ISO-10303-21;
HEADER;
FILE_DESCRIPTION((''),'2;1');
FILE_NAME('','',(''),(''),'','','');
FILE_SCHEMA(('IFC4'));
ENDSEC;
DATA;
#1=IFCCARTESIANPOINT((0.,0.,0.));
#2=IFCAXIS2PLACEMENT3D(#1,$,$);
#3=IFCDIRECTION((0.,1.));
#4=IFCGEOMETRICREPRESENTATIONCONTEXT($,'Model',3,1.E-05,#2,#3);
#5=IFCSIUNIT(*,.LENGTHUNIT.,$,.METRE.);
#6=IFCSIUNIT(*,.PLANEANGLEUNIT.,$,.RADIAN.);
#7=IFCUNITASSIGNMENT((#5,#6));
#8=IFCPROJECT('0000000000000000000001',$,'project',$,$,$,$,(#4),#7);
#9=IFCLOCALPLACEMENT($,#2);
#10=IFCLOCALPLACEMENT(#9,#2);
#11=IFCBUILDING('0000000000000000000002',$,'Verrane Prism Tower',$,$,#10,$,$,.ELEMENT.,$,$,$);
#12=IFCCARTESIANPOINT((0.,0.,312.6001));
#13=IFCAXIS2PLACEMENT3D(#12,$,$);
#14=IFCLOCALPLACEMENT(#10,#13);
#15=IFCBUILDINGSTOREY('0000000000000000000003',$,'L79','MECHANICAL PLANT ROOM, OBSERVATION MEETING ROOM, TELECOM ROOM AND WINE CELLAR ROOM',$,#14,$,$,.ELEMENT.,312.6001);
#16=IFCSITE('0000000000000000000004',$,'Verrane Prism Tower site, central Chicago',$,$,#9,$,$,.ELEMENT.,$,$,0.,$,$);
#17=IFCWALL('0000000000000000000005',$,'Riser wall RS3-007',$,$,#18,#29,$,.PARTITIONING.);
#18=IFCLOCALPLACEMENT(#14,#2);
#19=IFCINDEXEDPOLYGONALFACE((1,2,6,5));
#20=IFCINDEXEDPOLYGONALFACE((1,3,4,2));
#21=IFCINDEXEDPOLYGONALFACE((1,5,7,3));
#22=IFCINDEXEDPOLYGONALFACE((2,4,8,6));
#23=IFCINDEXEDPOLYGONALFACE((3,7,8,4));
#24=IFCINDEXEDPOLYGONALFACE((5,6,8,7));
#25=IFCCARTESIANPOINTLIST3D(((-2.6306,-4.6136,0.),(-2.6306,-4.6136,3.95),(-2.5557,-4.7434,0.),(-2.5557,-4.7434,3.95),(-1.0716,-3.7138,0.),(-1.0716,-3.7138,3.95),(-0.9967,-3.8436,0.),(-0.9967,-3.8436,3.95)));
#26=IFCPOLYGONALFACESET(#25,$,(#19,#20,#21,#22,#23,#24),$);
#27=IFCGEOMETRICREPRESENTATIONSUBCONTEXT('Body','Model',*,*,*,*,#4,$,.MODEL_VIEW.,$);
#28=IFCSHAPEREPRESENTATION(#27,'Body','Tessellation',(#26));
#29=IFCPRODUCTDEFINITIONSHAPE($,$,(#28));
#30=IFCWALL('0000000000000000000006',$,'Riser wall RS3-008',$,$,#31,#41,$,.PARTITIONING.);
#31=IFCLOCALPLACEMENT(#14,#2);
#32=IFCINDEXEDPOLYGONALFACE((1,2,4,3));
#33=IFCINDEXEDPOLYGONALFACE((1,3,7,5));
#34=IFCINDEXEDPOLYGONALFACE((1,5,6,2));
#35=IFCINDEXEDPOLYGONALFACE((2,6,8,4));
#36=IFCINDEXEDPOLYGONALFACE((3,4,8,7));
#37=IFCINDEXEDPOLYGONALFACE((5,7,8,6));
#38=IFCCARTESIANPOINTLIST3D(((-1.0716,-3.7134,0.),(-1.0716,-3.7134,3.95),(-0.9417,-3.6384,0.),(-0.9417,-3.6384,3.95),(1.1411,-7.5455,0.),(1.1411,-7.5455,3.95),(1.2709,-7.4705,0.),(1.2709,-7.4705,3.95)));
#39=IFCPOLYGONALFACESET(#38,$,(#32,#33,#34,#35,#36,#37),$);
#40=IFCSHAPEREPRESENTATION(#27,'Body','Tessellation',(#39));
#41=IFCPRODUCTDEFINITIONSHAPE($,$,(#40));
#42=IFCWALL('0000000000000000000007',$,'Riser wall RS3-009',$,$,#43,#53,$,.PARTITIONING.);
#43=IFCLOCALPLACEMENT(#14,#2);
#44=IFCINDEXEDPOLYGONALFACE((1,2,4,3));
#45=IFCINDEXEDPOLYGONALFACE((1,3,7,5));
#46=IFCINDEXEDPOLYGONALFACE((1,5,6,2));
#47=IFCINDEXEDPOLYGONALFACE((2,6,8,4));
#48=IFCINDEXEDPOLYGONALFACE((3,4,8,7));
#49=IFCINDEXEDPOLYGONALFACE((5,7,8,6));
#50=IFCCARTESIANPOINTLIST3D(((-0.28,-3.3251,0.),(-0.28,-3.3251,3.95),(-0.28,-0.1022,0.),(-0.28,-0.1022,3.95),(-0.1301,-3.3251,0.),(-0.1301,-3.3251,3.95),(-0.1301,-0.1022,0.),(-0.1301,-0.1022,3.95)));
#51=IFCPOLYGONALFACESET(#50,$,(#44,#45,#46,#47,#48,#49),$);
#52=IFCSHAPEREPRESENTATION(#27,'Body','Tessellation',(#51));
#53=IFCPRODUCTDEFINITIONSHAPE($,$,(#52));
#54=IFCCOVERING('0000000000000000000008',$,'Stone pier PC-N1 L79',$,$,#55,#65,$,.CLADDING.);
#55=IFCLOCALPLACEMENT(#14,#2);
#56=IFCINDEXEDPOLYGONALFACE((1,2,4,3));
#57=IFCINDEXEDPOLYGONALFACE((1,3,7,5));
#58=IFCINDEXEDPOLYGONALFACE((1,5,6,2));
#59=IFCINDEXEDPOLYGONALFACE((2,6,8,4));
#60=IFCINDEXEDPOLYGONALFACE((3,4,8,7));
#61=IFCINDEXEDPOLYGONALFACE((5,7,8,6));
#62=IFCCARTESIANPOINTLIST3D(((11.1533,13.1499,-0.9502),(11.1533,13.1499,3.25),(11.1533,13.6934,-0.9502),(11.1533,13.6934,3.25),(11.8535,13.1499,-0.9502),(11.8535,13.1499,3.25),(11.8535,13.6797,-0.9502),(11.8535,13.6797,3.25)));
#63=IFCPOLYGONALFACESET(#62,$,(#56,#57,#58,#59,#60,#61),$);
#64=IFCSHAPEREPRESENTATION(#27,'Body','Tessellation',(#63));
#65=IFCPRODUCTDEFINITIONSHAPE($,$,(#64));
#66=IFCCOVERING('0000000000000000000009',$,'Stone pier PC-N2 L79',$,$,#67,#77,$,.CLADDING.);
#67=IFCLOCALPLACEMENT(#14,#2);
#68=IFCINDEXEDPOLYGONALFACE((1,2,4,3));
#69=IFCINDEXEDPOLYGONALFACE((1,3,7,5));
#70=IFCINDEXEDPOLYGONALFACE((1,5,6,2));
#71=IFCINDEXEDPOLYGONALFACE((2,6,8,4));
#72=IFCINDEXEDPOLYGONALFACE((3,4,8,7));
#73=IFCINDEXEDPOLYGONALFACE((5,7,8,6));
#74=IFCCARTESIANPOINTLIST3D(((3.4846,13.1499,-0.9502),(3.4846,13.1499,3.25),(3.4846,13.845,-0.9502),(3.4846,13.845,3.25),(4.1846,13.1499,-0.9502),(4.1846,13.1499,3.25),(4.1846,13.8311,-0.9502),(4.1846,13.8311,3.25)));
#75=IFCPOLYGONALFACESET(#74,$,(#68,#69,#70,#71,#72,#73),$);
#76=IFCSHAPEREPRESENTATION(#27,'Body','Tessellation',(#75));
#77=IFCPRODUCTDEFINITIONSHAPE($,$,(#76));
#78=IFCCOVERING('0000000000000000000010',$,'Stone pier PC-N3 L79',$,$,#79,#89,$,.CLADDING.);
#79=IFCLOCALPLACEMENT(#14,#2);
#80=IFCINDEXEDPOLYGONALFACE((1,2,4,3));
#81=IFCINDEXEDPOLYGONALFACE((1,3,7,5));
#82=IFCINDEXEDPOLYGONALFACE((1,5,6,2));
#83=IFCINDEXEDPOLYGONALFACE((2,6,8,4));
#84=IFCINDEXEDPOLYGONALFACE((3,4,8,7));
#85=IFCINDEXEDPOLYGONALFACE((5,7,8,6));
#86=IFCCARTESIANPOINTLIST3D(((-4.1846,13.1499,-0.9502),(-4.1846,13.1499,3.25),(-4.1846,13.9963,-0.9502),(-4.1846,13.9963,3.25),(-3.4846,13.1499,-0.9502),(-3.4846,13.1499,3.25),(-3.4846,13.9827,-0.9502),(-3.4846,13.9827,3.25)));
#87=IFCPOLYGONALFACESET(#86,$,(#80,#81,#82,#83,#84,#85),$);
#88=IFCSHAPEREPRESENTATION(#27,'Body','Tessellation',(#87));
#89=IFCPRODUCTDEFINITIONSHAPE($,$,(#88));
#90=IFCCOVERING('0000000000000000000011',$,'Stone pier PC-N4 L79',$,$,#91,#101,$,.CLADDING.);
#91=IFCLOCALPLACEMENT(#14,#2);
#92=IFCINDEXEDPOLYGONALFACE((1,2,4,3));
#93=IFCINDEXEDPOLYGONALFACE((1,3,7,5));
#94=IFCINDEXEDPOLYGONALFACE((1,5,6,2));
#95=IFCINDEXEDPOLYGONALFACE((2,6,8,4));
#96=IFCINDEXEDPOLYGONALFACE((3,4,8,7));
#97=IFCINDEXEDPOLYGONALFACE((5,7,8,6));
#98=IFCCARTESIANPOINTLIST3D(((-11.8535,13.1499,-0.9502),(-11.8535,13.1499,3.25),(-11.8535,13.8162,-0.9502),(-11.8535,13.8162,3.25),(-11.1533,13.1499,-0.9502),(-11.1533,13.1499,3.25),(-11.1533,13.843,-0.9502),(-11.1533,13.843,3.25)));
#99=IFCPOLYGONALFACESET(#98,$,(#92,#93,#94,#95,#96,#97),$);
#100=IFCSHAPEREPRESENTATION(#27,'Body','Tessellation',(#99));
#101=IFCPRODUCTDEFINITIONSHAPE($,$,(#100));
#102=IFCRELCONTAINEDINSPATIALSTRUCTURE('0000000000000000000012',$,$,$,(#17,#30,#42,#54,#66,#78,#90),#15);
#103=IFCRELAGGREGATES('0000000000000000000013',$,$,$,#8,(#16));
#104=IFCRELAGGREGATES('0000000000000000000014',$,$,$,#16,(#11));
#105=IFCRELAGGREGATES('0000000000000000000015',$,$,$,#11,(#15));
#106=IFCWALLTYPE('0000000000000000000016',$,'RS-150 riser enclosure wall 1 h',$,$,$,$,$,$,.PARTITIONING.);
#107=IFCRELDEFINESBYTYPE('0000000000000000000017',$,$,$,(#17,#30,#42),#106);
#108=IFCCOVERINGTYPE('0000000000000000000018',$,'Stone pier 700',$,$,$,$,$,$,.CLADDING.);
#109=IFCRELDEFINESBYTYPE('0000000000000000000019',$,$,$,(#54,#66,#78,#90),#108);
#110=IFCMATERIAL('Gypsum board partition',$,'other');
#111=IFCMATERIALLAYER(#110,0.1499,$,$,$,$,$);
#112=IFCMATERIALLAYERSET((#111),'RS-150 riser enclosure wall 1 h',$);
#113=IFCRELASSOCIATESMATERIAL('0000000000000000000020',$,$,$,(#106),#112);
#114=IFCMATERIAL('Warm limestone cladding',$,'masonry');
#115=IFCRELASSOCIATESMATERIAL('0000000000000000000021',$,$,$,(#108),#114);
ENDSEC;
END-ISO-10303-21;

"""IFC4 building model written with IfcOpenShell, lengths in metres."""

from ifc_helpers import new_model, si_unit, direction, frame, frame_2d, origin, place, context, subcontext, project, spatial, polyline, rectangle, outline, extrude, material, layer, layer_set, type_object, element, save


model = new_model("IFC4")

# Units and contexts
model_context = context("Model", 3, precision=1e-05, world=origin(), true_north=direction((0.0, 1.0)))
body_context = subcontext(model_context, "Body", "Model", "MODEL_VIEW")
ifc_project = project(units=[si_unit("LENGTHUNIT", "METRE"), si_unit("PLANEANGLEUNIT", "RADIAN")], contexts=[model_context])

# Site, building, storey
site_placement = place(None, origin())
site = spatial("IfcSite", under=ifc_project, at=site_placement, Name="Verrane Prism Tower site, central Chicago", CompositionType="ELEMENT", RefElevation=0.0)
building_placement = place(site_placement, origin())
building = spatial("IfcBuilding", under=site, at=building_placement, Name="Verrane Prism Tower", CompositionType="ELEMENT")
storey_placement = place(building_placement, frame((0.0, 0.0, 312.6001)))
storey = spatial("IfcBuildingStorey", under=building, at=storey_placement, Name="L79", Description="MECHANICAL PLANT ROOM, OBSERVATION MEETING ROOM, TELECOM ROOM AND WINE CELLAR ROOM", CompositionType="ELEMENT", Elevation=312.6001)

# Shared definitions
ifc_material_1 = material(Name="Gypsum board partition", Category="other")
ifc_layer_1 = layer(ifc_material_1, 0.1499)
ifc_layer_set_1 = layer_set([ifc_layer_1], Name="RS-150 riser enclosure wall 1 h")
wall_type_1 = type_object("IfcWallType", Name="RS-150 riser enclosure wall 1 h", PredefinedType="PARTITIONING", material=ifc_layer_set_1)

# Walls
wall_1_placement = place(storey_placement, frame((-2.593, -4.6785, 0.0), z_axis=(0.0, 0.0, 1.0), x_axis=(0.866082, 0.499902, 0.0)))
element("IfcWall", 1, at=wall_1_placement, inside=storey, type_object=wall_type_1, Name="Riser wall RS3-007", PredefinedType="PARTITIONING", context=body_context, shape_type="SweptSolid", body=[
    extrude(rectangle(XDim=1.8, YDim=0.1499, at=frame_2d((0.8999, 0.0))), origin(), (0.0, 0.0, 1.0), 3.95),
])
wall_2_placement = place(storey_placement, frame((-1.0066, -3.676, 0.0), z_axis=(0.0, 0.0, 1.0), x_axis=(0.500038, -0.866004, 0.0)))
element("IfcWall", 2, at=wall_2_placement, inside=storey, type_object=wall_type_1, Name="Riser wall RS3-008", PredefinedType="PARTITIONING", context=body_context, shape_type="SweptSolid", body=[
    extrude(rectangle(XDim=4.425, YDim=0.1499, at=frame_2d((2.2124, 0.0))), origin(), (0.0, 0.0, 1.0), 3.95),
])
wall_3_placement = place(storey_placement, frame((-0.2051, -3.325, 0.0), z_axis=(0.0, 0.0, 1.0), x_axis=(0.0, 1.0, 0.0)))
element("IfcWall", 3, at=wall_3_placement, inside=storey, type_object=wall_type_1, Name="Riser wall RS3-009", PredefinedType="PARTITIONING", context=body_context, shape_type="SweptSolid", body=[
    extrude(rectangle(XDim=3.2229, YDim=0.1499, at=frame_2d((1.6113, 0.0))), origin(), (0.0, 0.0, 1.0), 3.95),
])

# Coverings
ifc_material_2 = material(Name="Warm limestone cladding", Category="masonry")
covering_type = type_object("IfcCoveringType", Name="Stone pier 700", PredefinedType="CLADDING", material=ifc_material_2)
covering_1_placement = place(storey_placement, frame((0.0, 0.0, -0.9502)))
element("IfcCovering", 4, at=covering_1_placement, inside=storey, type_object=covering_type, Name="Stone pier PC-N1 L79", PredefinedType="CLADDING", context=body_context, shape_type="SweptSolid", body=[
    extrude(outline(polyline([(11.1533, 13.1499), (11.8535, 13.1499), (11.8535, 13.6797), (11.1533, 13.6934), (11.1533, 13.1499)])), origin(), (0.0, 0.0, 1.0), 4.2002),
])
covering_2_placement = place(storey_placement, frame((0.0, 0.0, -0.9502)))
element("IfcCovering", 5, at=covering_2_placement, inside=storey, type_object=covering_type, Name="Stone pier PC-N2 L79", PredefinedType="CLADDING", context=body_context, shape_type="SweptSolid", body=[
    extrude(outline(polyline([(3.4846, 13.1499), (4.1846, 13.1499), (4.1846, 13.8311), (3.4846, 13.845), (3.4846, 13.1499)])), origin(), (0.0, 0.0, 1.0), 4.2002),
])
covering_3_placement = place(storey_placement, frame((0.0, 0.0, -0.9502)))
element("IfcCovering", 6, at=covering_3_placement, inside=storey, type_object=covering_type, Name="Stone pier PC-N3 L79", PredefinedType="CLADDING", context=body_context, shape_type="SweptSolid", body=[
    extrude(outline(polyline([(-4.1846, 13.1499), (-3.4846, 13.1499), (-3.4846, 13.9827), (-4.1846, 13.9963), (-4.1846, 13.1499)])), origin(), (0.0, 0.0, 1.0), 4.2002),
])
covering_4_placement = place(storey_placement, frame((0.0, 0.0, -0.9502)))
element("IfcCovering", 7, at=covering_4_placement, inside=storey, type_object=covering_type, Name="Stone pier PC-N4 L79", PredefinedType="CLADDING", context=body_context, shape_type="SweptSolid", body=[
    extrude(outline(polyline([(-11.8535, 13.1499), (-11.1533, 13.1499), (-11.1533, 13.843), (-11.8535, 13.8162), (-11.8535, 13.1499)])), origin(), (0.0, 0.0, 1.0), 4.2002),
])

save(model, "model.ifc")
